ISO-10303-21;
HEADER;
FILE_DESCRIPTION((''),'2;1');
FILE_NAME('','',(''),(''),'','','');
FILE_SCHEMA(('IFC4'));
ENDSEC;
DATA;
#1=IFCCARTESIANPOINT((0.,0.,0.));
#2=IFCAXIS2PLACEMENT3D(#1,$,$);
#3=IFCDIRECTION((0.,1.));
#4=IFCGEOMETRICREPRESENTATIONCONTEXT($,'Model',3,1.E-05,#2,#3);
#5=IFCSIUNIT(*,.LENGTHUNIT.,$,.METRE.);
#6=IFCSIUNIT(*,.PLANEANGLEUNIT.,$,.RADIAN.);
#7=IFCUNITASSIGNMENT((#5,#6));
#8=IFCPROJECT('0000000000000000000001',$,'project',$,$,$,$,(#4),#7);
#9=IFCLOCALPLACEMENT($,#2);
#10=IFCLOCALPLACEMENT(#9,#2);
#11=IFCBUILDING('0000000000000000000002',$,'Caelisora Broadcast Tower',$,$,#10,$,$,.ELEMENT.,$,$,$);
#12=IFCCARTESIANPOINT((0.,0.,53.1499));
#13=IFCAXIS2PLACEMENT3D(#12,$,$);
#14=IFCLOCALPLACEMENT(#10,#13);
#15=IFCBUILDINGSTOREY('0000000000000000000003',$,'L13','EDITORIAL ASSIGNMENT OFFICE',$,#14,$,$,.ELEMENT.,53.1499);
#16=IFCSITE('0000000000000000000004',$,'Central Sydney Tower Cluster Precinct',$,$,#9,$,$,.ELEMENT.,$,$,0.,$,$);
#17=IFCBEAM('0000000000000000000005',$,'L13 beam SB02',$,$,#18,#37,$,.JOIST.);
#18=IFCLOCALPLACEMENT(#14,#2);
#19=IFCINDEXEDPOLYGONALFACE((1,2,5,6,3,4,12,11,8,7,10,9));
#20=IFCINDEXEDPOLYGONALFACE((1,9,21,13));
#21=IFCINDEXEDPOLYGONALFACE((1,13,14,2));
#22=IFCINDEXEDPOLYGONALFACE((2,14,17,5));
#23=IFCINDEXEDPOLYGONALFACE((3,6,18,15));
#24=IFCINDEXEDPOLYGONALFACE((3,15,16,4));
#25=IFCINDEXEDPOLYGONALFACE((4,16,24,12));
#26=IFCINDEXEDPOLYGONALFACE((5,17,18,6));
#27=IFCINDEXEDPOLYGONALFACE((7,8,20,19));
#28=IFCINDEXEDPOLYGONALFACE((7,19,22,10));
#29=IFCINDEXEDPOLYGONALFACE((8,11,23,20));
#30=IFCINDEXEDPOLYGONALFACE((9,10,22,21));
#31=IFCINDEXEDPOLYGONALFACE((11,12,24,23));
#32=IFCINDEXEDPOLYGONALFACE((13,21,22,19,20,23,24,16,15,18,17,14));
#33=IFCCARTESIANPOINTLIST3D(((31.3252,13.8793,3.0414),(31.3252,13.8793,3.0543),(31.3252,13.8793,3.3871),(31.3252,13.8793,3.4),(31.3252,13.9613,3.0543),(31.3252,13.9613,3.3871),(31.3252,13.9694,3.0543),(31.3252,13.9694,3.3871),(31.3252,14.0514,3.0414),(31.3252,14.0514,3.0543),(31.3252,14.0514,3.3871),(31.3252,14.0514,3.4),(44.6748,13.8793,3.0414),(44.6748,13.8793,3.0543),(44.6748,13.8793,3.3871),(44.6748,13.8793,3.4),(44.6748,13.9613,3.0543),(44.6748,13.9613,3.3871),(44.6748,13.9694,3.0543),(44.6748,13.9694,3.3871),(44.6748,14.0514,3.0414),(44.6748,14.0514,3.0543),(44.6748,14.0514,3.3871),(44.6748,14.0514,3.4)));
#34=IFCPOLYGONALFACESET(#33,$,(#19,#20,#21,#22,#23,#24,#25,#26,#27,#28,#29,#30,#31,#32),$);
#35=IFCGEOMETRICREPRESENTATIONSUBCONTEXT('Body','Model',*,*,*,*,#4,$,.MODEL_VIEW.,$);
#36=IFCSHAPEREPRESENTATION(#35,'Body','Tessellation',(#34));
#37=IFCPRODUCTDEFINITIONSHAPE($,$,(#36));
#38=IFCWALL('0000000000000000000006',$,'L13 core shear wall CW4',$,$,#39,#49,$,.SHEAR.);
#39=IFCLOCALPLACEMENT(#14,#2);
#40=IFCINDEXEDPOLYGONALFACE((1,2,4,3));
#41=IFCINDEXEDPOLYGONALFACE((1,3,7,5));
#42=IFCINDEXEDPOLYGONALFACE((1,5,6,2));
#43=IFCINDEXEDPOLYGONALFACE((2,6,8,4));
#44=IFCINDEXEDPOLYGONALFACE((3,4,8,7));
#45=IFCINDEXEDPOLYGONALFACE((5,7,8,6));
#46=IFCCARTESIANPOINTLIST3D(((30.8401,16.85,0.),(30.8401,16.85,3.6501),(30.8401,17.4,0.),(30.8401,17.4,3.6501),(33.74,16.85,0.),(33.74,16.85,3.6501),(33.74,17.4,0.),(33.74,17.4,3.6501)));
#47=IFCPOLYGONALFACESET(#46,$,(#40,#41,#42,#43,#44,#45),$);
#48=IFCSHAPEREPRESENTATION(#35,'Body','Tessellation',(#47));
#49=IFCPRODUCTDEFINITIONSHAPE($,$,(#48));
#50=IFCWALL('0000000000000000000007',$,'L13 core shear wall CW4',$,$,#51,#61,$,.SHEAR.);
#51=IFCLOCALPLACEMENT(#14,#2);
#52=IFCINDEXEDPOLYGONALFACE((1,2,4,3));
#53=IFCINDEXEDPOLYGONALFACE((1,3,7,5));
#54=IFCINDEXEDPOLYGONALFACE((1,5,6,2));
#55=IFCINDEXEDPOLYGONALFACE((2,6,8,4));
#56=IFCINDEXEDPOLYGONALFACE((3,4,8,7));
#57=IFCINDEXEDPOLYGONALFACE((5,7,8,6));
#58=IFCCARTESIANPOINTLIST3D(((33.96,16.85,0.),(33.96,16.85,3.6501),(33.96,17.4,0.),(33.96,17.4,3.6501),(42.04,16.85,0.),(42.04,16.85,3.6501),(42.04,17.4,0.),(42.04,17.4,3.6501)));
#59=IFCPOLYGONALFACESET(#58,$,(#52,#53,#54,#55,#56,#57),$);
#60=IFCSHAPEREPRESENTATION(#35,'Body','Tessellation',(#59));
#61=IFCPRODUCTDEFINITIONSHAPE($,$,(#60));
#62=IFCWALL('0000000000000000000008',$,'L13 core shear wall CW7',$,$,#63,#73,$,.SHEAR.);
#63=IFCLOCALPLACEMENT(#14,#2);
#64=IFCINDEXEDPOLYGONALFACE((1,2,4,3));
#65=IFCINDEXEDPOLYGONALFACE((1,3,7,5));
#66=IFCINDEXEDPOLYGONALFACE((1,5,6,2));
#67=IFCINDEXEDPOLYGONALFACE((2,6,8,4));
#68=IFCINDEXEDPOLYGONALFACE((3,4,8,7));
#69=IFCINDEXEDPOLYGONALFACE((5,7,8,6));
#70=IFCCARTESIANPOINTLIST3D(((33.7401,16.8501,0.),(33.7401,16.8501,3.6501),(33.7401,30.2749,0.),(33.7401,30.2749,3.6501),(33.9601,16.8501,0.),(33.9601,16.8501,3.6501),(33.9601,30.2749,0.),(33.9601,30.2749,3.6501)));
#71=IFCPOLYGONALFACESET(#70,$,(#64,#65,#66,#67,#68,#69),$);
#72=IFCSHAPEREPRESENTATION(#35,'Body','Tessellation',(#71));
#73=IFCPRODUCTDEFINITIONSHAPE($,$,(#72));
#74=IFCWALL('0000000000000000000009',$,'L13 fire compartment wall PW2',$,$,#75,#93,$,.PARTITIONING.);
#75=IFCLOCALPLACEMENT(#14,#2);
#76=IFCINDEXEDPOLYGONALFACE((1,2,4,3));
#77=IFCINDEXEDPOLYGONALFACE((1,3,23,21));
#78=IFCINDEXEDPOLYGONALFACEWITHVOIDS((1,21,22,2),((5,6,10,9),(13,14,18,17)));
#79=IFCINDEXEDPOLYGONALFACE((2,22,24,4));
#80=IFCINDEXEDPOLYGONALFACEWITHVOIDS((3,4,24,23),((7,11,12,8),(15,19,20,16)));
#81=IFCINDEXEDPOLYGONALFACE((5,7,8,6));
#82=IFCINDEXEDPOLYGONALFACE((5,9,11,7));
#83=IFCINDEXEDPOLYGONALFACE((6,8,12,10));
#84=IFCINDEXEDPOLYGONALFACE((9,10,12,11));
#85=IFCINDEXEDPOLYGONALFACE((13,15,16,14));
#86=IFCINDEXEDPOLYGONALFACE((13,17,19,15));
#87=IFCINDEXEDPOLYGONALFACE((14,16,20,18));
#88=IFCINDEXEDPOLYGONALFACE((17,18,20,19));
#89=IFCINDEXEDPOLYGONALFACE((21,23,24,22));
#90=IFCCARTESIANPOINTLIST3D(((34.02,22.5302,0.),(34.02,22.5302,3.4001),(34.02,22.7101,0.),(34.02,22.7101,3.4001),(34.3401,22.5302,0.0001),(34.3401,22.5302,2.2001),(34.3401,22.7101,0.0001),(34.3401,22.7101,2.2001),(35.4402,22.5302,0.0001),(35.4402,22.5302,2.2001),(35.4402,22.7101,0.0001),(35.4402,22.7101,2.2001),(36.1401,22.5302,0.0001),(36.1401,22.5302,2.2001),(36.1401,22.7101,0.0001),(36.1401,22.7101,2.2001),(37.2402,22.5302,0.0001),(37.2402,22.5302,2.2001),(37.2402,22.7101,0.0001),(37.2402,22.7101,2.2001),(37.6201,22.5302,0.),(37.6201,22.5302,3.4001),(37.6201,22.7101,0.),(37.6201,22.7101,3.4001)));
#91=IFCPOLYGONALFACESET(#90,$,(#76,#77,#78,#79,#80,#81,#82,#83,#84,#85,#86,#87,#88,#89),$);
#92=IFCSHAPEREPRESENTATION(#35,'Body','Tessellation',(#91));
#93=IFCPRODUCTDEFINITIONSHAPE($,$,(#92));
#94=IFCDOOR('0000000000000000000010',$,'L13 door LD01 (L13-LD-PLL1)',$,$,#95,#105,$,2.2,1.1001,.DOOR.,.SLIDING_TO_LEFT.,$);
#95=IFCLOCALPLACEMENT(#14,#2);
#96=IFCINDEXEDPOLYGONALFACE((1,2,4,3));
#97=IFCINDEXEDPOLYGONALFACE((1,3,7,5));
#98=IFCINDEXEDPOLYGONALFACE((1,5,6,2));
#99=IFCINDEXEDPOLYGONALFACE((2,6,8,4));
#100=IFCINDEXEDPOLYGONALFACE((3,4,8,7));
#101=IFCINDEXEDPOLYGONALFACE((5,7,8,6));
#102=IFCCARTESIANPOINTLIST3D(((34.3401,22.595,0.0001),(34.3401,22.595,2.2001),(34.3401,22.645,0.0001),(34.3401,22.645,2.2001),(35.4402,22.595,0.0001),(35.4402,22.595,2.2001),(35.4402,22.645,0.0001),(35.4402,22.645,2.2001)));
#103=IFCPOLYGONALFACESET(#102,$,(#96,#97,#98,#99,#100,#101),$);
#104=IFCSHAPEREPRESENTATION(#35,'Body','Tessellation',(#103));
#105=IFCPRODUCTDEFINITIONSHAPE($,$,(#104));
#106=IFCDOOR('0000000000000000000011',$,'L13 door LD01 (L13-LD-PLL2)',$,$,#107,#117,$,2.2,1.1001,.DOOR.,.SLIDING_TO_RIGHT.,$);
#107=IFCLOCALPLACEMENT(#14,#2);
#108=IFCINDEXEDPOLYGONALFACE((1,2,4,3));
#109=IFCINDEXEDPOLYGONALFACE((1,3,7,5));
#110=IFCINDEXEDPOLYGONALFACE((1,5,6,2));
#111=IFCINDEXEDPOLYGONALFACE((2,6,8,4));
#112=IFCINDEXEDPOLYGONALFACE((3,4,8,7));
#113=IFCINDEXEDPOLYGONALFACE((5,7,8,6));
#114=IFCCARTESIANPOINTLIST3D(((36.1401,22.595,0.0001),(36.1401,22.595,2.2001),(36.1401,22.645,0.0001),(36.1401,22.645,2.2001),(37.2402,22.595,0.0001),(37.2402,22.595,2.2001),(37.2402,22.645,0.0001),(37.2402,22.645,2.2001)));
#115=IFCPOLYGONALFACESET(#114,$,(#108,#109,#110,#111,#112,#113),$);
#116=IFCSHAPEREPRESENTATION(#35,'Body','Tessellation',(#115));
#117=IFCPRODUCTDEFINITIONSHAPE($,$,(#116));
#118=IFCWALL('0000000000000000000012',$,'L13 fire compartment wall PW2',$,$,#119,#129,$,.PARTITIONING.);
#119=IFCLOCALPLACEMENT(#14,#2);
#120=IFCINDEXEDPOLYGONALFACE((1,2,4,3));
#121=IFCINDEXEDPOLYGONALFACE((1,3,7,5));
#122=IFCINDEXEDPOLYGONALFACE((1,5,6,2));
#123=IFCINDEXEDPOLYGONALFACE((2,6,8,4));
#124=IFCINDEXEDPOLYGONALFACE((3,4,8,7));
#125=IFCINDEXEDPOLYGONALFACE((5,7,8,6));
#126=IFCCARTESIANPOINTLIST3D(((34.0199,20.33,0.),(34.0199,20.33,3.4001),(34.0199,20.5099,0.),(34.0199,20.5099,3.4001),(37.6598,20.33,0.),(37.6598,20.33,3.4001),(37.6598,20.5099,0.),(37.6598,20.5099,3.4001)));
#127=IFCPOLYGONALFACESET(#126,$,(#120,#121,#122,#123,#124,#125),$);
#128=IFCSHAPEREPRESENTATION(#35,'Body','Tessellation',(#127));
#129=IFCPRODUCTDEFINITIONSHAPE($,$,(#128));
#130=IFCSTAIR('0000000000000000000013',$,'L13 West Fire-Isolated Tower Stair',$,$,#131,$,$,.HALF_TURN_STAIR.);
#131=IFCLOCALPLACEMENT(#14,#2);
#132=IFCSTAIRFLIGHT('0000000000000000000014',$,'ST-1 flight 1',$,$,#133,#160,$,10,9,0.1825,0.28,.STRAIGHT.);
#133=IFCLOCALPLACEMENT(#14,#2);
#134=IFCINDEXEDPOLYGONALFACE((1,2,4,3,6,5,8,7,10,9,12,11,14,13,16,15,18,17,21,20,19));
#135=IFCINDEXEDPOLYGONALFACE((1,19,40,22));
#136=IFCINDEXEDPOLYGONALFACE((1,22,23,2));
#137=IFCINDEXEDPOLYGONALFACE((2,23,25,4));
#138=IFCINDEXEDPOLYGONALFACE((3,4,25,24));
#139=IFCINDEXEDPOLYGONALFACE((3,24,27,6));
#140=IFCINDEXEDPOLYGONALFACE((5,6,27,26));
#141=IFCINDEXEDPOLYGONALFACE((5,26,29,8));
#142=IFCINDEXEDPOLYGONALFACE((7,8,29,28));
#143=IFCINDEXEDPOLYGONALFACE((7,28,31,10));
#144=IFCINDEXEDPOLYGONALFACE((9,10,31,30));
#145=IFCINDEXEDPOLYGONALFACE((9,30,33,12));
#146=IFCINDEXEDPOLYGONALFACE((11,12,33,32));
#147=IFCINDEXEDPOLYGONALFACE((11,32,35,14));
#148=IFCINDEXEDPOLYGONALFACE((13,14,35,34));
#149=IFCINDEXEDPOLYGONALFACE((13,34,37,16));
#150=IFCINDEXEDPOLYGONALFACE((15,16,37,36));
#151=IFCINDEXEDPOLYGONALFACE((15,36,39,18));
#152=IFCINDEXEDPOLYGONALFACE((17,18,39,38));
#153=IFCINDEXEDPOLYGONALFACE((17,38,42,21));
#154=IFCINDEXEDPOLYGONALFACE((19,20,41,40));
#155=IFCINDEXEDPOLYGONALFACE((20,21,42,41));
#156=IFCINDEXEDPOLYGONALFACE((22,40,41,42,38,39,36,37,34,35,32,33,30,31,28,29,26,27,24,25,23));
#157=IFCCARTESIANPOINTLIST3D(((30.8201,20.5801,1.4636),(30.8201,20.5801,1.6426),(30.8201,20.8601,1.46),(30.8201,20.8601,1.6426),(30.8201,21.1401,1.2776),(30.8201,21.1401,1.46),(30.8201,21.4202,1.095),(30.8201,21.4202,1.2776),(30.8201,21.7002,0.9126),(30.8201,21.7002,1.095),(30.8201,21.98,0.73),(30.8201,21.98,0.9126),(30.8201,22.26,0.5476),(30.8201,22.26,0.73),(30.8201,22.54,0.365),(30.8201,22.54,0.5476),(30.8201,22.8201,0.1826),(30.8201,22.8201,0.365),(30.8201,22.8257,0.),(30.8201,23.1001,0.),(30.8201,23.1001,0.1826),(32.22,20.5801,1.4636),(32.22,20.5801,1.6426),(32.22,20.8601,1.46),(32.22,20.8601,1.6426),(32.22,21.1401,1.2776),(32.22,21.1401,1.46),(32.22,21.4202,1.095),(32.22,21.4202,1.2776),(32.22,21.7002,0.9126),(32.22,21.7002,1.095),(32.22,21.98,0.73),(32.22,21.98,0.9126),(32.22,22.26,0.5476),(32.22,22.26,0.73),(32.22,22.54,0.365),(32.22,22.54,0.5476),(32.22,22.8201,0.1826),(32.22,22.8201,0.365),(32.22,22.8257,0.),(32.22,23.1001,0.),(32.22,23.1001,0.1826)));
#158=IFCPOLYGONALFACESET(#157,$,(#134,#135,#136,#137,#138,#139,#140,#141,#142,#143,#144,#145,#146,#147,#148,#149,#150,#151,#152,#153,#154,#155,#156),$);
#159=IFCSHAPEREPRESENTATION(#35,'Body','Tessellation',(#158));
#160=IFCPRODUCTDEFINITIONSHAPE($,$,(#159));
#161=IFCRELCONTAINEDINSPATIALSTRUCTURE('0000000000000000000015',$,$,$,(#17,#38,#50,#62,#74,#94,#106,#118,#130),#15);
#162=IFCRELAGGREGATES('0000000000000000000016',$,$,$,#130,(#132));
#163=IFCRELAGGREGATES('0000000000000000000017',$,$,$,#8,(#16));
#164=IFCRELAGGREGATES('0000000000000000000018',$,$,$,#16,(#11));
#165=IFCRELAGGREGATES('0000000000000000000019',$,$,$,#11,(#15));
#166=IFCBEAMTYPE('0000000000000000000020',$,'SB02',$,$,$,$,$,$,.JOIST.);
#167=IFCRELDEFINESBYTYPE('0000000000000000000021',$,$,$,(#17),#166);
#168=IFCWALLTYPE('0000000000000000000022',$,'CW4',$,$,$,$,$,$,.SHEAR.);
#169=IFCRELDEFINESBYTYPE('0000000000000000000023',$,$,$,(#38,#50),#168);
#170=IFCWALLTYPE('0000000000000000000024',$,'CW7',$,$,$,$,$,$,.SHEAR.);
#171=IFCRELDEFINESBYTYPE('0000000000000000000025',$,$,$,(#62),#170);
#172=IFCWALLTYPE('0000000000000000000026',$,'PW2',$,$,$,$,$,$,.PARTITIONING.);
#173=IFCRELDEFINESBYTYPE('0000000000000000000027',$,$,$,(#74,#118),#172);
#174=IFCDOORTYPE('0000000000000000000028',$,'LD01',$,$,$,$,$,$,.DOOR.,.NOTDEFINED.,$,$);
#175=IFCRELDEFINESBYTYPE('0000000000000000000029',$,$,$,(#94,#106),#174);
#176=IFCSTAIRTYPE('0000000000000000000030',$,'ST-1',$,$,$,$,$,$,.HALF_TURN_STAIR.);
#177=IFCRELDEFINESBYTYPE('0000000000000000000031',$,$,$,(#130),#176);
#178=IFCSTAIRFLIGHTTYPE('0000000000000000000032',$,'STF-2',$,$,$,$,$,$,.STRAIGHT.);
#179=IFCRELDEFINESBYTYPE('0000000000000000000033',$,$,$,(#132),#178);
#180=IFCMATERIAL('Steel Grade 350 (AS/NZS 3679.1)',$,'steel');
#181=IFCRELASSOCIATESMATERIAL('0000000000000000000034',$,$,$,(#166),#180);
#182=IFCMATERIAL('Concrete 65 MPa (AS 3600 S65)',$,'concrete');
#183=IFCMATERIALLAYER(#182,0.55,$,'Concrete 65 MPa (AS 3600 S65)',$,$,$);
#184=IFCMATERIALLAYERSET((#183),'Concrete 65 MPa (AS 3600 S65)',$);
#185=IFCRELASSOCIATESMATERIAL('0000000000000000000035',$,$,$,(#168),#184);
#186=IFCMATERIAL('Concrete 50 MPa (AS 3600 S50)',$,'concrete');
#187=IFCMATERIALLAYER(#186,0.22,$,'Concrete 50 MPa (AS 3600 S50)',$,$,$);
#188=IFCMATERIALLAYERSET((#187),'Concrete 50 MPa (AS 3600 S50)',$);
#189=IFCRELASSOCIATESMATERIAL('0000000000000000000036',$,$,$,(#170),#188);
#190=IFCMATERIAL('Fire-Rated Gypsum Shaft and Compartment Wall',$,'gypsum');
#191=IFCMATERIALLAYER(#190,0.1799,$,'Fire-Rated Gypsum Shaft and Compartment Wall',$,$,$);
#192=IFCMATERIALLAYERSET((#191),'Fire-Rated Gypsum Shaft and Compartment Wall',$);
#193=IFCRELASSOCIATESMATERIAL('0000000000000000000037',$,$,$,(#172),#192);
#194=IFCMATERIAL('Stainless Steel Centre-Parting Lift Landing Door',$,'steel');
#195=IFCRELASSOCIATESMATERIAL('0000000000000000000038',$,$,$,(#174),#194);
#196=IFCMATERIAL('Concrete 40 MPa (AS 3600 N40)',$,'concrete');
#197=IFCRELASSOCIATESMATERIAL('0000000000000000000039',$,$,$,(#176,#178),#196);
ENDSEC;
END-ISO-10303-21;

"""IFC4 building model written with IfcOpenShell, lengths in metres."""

from ifc_helpers import new_model, si_unit, direction, frame, frame_2d, origin, origin_2d, place, context, subcontext, project, spatial, polyline, rectangle, i_section, outline, extrude, source, transform, mapped, material, layer, layer_set, material_profile, profile_set, type_object, element, fill, aggregate, save


model = new_model("IFC4")

# Units and contexts
model_context = context("Model", 3, precision=1e-05, world=origin(), true_north=direction((0.0, 1.0)))
body_context = subcontext(model_context, "Body", "Model", "MODEL_VIEW")
ifc_project = project(units=[si_unit("LENGTHUNIT", "METRE"), si_unit("PLANEANGLEUNIT", "RADIAN")], contexts=[model_context])

# Site, building, storey
site_placement = place(None, origin())
site = spatial("IfcSite", under=ifc_project, at=site_placement, Name="Central Sydney Tower Cluster Precinct", CompositionType="ELEMENT", RefElevation=0.0)
building_placement = place(site_placement, origin())
building = spatial("IfcBuilding", under=site, at=building_placement, Name="Caelisora Broadcast Tower", CompositionType="ELEMENT")
storey_placement = place(building_placement, frame((0.0, 0.0, 53.1499)))
storey = spatial("IfcBuildingStorey", under=building, at=storey_placement, Name="L13", Description="EDITORIAL ASSIGNMENT OFFICE", CompositionType="ELEMENT", Elevation=53.1499)

# Shared definitions
ifc_material_1 = material(Name="Steel Grade 350 (AS/NZS 3679.1)", Category="steel")

# Beam
ifc_material_profile_1 = material_profile(ifc_material_1, i_section(OverallWidth=0.1721, OverallDepth=0.3586, WebThickness=0.0081, FlangeThickness=0.0129, at=origin_2d()), Name="Steel Grade 350 (AS/NZS 3679.1)")
ifc_profile_set_1 = profile_set([ifc_material_profile_1], Name="Steel Grade 350 (AS/NZS 3679.1)")
beam_type_1 = type_object("IfcBeamType", Name="SB02", PredefinedType="JOIST", material=ifc_profile_set_1)
shared_shape_1 = source(origin(), body_context, "Body", "SweptSolid", [
    extrude(i_section(OverallWidth=0.1721, OverallDepth=0.3586, WebThickness=0.0081, FlangeThickness=0.0129, at=origin_2d()), origin(), (0.0, 0.0, 1.0), 13.3496),
])
beam_1_placement = place(storey_placement, frame((31.3252, 13.9653, 3.2207), z_axis=(1.0, 0.0, 0.0), x_axis=(0.0, 1.0, 0.0)))
element("IfcBeam", 1, at=beam_1_placement, inside=storey, type_object=beam_type_1, Name="L13 beam SB02", PredefinedType="JOIST", context=body_context, shape_type="MappedRepresentation", body=[
    mapped(shared_shape_1, transform((0.0, 0.0, 0.0), scale=1.0)),
])

# Shared definitions
ifc_material_2 = material(Name="Concrete 65 MPa (AS 3600 S65)", Category="concrete")

# Walls
ifc_layer_1 = layer(ifc_material_2, 0.55, Name="Concrete 65 MPa (AS 3600 S65)")
ifc_layer_set_1 = layer_set([ifc_layer_1], Name="Concrete 65 MPa (AS 3600 S65)")
wall_type_1 = type_object("IfcWallType", Name="CW4", PredefinedType="SHEAR", material=ifc_layer_set_1)
wall_1_placement = place(storey_placement, frame((30.8401, 17.125, 0.0), z_axis=(0.0, 0.0, 1.0), x_axis=(1.0, 0.0, 0.0)))
element("IfcWall", 2, at=wall_1_placement, inside=storey, type_object=wall_type_1, Name="L13 core shear wall CW4", PredefinedType="SHEAR", context=body_context, shape_type="SweptSolid", body=[
    extrude(rectangle(XDim=2.8999, YDim=0.55, at=frame_2d((1.45, 0.0))), origin(), (0.0, 0.0, 1.0), 3.6501),
])
wall_2_placement = place(storey_placement, frame((33.96, 17.125, 0.0), z_axis=(0.0, 0.0, 1.0), x_axis=(1.0, 0.0, 0.0)))
element("IfcWall", 3, at=wall_2_placement, inside=storey, type_object=wall_type_1, Name="L13 core shear wall CW4", PredefinedType="SHEAR", context=body_context, shape_type="SweptSolid", body=[
    extrude(rectangle(XDim=8.0801, YDim=0.55, at=frame_2d((4.04, 0.0))), origin(), (0.0, 0.0, 1.0), 3.6501),
])
ifc_material_3 = material(Name="Concrete 50 MPa (AS 3600 S50)", Category="concrete")
ifc_layer_2 = layer(ifc_material_3, 0.22, Name="Concrete 50 MPa (AS 3600 S50)")
ifc_layer_set_2 = layer_set([ifc_layer_2], Name="Concrete 50 MPa (AS 3600 S50)")
wall_type_2 = type_object("IfcWallType", Name="CW7", PredefinedType="SHEAR", material=ifc_layer_set_2)
wall_3_placement = place(storey_placement, frame((33.8501, 16.8501, 0.0), z_axis=(0.0, 0.0, 1.0), x_axis=(0.0, 1.0, 0.0)))
element("IfcWall", 4, at=wall_3_placement, inside=storey, type_object=wall_type_2, Name="L13 core shear wall CW7", PredefinedType="SHEAR", context=body_context, shape_type="SweptSolid", body=[
    extrude(rectangle(XDim=13.4248, YDim=0.22, at=frame_2d((6.7124, 0.0))), origin(), (0.0, 0.0, 1.0), 3.6501),
])

# Wall, openings, doors
ifc_material_4 = material(Name="Fire-Rated Gypsum Shaft and Compartment Wall", Category="gypsum")
ifc_layer_3 = layer(ifc_material_4, 0.1799, Name="Fire-Rated Gypsum Shaft and Compartment Wall")
ifc_layer_set_3 = layer_set([ifc_layer_3], Name="Fire-Rated Gypsum Shaft and Compartment Wall")
wall_type_3 = type_object("IfcWallType", Name="PW2", PredefinedType="PARTITIONING", material=ifc_layer_set_3)
wall_4_placement = place(storey_placement, frame((34.02, 22.6201, 0.0), z_axis=(0.0, 0.0, 1.0), x_axis=(1.0, 0.0, 0.0)))
wall_4 = element("IfcWall", 5, at=wall_4_placement, inside=storey, type_object=wall_type_3, Name="L13 fire compartment wall PW2", PredefinedType="PARTITIONING", context=body_context, shape_type="SweptSolid", body=[
    extrude(rectangle(XDim=3.6001, YDim=0.1799, at=frame_2d((1.8, 0.0))), origin(), (0.0, 0.0, 1.0), 3.4001),
])
opening_1_placement = place(wall_4_placement, frame((0.3201, 0.0, 0.0)))
opening_1 = element("IfcOpeningElement", 6, at=opening_1_placement, cuts=wall_4, PredefinedType="OPENING", context=body_context, shape_type="SweptSolid", body=[
    extrude(rectangle(XDim=1.1001, YDim=2.2, at=frame_2d((0.55, 1.1001))), frame((0.0, 0.1021, 0.0), z_axis=(0.0, -1.0, 0.0), x_axis=(1.0, 0.0, 0.0)), (0.0, 0.0, 1.0), 0.2039),
])
opening_2_placement = place(wall_4_placement, frame((2.1201, 0.0, 0.0)))
opening_2 = element("IfcOpeningElement", 7, at=opening_2_placement, cuts=wall_4, PredefinedType="OPENING", context=body_context, shape_type="SweptSolid", body=[
    extrude(rectangle(XDim=1.1001, YDim=2.2, at=frame_2d((0.55, 1.1001))), frame((0.0, 0.1021, 0.0), z_axis=(0.0, -1.0, 0.0), x_axis=(1.0, 0.0, 0.0)), (0.0, 0.0, 1.0), 0.2039),
])
ifc_material_5 = material(Name="Stainless Steel Centre-Parting Lift Landing Door", Category="steel")
door_type_1 = type_object("IfcDoorType", Name="LD01", OperationType="NOTDEFINED", PredefinedType="DOOR", material=ifc_material_5)
door_1_placement = place(opening_1_placement, origin())
door_1 = element("IfcDoor", 8, at=door_1_placement, inside=storey, type_object=door_type_1, Name="L13 door LD01 (L13-LD-PLL1)", OperationType="SLIDING_TO_LEFT", OverallHeight=2.2, OverallWidth=1.1001, PredefinedType="DOOR", context=body_context, shape_type="SweptSolid", body=[
    extrude(rectangle(XDim=1.1001, YDim=2.2, at=frame_2d((0.55, 1.1001))), frame((0.0, 0.0249, 0.0), z_axis=(0.0, -1.0, 0.0), x_axis=(1.0, 0.0, 0.0)), (0.0, 0.0, 1.0), 0.05),
])
fill(opening_1, door_1)
door_2_placement = place(opening_2_placement, origin())
door_2 = element("IfcDoor", 9, at=door_2_placement, inside=storey, type_object=door_type_1, Name="L13 door LD01 (L13-LD-PLL2)", OperationType="SLIDING_TO_RIGHT", OverallHeight=2.2, OverallWidth=1.1001, PredefinedType="DOOR", context=body_context, shape_type="SweptSolid", body=[
    extrude(rectangle(XDim=1.1001, YDim=2.2, at=frame_2d((0.55, 1.1001))), frame((0.0, 0.0249, 0.0), z_axis=(0.0, -1.0, 0.0), x_axis=(1.0, 0.0, 0.0)), (0.0, 0.0, 1.0), 0.05),
])
fill(opening_2, door_2)

# Wall
wall_5_placement = place(storey_placement, frame((34.02, 20.4199, 0.0), z_axis=(0.0, 0.0, 1.0), x_axis=(1.0, 0.0, 0.0)))
element("IfcWall", 10, at=wall_5_placement, inside=storey, type_object=wall_type_3, Name="L13 fire compartment wall PW2", PredefinedType="PARTITIONING", context=body_context, shape_type="SweptSolid", body=[
    extrude(rectangle(XDim=3.6399, YDim=0.1799, at=frame_2d((1.8198, 0.0))), origin(), (0.0, 0.0, 1.0), 3.4001),
])

# Stair, stair flight
ifc_material_6 = material(Name="Concrete 40 MPa (AS 3600 N40)", Category="concrete")
stair_type = type_object("IfcStairType", Name="ST-1", PredefinedType="HALF_TURN_STAIR", material=ifc_material_6)
stair_placement = place(storey_placement, origin())
stair = element("IfcStair", 11, at=stair_placement, inside=storey, type_object=stair_type, Name="L13 West Fire-Isolated Tower Stair", PredefinedType="HALF_TURN_STAIR")
stair_flight_type = type_object("IfcStairFlightType", Name="STF-2", PredefinedType="STRAIGHT", material=ifc_material_6)
stair_flight_1_placement = place(storey_placement, frame((31.52, 23.1001, 0.0), z_axis=(0.0, 0.0, 1.0), x_axis=(0.0, -1.0, 0.0)))
stair_flight_1 = element("IfcStairFlight", 12, at=stair_flight_1_placement, type_object=stair_flight_type, Name="ST-1 flight 1", NumberOfRisers=10, NumberOfTreads=9, PredefinedType="STRAIGHT", RiserHeight=0.1825, TreadLength=0.28, context=body_context, shape_type="SweptSolid", body=[
    extrude(outline(polyline([(0.0, 0.0), (0.0, 0.1826), (0.28, 0.1826), (0.28, 0.365), (0.5601, 0.365), (0.5601, 0.5476), (0.8401, 0.5476), (0.8401, 0.73), (1.1201, 0.73), (1.1201, 0.9126), (1.3999, 0.9126), (1.3999, 1.095), (1.6799, 1.095), (1.6799, 1.2776), (1.96, 1.2776), (1.96, 1.46), (2.24, 1.46), (2.24, 1.6426), (2.52, 1.6426), (2.52, 1.825), (2.52, 1.4636), (0.2744, 0.0), (0.0, 0.0)])), frame((0.0, 0.7, 0.0), z_axis=(0.0, -1.0, 0.0), x_axis=(1.0, 0.0, 0.0)), (0.0, 0.0, 1.0), 1.3999),
])
aggregate(stair, [stair_flight_1])

save(model, "model.ifc")
